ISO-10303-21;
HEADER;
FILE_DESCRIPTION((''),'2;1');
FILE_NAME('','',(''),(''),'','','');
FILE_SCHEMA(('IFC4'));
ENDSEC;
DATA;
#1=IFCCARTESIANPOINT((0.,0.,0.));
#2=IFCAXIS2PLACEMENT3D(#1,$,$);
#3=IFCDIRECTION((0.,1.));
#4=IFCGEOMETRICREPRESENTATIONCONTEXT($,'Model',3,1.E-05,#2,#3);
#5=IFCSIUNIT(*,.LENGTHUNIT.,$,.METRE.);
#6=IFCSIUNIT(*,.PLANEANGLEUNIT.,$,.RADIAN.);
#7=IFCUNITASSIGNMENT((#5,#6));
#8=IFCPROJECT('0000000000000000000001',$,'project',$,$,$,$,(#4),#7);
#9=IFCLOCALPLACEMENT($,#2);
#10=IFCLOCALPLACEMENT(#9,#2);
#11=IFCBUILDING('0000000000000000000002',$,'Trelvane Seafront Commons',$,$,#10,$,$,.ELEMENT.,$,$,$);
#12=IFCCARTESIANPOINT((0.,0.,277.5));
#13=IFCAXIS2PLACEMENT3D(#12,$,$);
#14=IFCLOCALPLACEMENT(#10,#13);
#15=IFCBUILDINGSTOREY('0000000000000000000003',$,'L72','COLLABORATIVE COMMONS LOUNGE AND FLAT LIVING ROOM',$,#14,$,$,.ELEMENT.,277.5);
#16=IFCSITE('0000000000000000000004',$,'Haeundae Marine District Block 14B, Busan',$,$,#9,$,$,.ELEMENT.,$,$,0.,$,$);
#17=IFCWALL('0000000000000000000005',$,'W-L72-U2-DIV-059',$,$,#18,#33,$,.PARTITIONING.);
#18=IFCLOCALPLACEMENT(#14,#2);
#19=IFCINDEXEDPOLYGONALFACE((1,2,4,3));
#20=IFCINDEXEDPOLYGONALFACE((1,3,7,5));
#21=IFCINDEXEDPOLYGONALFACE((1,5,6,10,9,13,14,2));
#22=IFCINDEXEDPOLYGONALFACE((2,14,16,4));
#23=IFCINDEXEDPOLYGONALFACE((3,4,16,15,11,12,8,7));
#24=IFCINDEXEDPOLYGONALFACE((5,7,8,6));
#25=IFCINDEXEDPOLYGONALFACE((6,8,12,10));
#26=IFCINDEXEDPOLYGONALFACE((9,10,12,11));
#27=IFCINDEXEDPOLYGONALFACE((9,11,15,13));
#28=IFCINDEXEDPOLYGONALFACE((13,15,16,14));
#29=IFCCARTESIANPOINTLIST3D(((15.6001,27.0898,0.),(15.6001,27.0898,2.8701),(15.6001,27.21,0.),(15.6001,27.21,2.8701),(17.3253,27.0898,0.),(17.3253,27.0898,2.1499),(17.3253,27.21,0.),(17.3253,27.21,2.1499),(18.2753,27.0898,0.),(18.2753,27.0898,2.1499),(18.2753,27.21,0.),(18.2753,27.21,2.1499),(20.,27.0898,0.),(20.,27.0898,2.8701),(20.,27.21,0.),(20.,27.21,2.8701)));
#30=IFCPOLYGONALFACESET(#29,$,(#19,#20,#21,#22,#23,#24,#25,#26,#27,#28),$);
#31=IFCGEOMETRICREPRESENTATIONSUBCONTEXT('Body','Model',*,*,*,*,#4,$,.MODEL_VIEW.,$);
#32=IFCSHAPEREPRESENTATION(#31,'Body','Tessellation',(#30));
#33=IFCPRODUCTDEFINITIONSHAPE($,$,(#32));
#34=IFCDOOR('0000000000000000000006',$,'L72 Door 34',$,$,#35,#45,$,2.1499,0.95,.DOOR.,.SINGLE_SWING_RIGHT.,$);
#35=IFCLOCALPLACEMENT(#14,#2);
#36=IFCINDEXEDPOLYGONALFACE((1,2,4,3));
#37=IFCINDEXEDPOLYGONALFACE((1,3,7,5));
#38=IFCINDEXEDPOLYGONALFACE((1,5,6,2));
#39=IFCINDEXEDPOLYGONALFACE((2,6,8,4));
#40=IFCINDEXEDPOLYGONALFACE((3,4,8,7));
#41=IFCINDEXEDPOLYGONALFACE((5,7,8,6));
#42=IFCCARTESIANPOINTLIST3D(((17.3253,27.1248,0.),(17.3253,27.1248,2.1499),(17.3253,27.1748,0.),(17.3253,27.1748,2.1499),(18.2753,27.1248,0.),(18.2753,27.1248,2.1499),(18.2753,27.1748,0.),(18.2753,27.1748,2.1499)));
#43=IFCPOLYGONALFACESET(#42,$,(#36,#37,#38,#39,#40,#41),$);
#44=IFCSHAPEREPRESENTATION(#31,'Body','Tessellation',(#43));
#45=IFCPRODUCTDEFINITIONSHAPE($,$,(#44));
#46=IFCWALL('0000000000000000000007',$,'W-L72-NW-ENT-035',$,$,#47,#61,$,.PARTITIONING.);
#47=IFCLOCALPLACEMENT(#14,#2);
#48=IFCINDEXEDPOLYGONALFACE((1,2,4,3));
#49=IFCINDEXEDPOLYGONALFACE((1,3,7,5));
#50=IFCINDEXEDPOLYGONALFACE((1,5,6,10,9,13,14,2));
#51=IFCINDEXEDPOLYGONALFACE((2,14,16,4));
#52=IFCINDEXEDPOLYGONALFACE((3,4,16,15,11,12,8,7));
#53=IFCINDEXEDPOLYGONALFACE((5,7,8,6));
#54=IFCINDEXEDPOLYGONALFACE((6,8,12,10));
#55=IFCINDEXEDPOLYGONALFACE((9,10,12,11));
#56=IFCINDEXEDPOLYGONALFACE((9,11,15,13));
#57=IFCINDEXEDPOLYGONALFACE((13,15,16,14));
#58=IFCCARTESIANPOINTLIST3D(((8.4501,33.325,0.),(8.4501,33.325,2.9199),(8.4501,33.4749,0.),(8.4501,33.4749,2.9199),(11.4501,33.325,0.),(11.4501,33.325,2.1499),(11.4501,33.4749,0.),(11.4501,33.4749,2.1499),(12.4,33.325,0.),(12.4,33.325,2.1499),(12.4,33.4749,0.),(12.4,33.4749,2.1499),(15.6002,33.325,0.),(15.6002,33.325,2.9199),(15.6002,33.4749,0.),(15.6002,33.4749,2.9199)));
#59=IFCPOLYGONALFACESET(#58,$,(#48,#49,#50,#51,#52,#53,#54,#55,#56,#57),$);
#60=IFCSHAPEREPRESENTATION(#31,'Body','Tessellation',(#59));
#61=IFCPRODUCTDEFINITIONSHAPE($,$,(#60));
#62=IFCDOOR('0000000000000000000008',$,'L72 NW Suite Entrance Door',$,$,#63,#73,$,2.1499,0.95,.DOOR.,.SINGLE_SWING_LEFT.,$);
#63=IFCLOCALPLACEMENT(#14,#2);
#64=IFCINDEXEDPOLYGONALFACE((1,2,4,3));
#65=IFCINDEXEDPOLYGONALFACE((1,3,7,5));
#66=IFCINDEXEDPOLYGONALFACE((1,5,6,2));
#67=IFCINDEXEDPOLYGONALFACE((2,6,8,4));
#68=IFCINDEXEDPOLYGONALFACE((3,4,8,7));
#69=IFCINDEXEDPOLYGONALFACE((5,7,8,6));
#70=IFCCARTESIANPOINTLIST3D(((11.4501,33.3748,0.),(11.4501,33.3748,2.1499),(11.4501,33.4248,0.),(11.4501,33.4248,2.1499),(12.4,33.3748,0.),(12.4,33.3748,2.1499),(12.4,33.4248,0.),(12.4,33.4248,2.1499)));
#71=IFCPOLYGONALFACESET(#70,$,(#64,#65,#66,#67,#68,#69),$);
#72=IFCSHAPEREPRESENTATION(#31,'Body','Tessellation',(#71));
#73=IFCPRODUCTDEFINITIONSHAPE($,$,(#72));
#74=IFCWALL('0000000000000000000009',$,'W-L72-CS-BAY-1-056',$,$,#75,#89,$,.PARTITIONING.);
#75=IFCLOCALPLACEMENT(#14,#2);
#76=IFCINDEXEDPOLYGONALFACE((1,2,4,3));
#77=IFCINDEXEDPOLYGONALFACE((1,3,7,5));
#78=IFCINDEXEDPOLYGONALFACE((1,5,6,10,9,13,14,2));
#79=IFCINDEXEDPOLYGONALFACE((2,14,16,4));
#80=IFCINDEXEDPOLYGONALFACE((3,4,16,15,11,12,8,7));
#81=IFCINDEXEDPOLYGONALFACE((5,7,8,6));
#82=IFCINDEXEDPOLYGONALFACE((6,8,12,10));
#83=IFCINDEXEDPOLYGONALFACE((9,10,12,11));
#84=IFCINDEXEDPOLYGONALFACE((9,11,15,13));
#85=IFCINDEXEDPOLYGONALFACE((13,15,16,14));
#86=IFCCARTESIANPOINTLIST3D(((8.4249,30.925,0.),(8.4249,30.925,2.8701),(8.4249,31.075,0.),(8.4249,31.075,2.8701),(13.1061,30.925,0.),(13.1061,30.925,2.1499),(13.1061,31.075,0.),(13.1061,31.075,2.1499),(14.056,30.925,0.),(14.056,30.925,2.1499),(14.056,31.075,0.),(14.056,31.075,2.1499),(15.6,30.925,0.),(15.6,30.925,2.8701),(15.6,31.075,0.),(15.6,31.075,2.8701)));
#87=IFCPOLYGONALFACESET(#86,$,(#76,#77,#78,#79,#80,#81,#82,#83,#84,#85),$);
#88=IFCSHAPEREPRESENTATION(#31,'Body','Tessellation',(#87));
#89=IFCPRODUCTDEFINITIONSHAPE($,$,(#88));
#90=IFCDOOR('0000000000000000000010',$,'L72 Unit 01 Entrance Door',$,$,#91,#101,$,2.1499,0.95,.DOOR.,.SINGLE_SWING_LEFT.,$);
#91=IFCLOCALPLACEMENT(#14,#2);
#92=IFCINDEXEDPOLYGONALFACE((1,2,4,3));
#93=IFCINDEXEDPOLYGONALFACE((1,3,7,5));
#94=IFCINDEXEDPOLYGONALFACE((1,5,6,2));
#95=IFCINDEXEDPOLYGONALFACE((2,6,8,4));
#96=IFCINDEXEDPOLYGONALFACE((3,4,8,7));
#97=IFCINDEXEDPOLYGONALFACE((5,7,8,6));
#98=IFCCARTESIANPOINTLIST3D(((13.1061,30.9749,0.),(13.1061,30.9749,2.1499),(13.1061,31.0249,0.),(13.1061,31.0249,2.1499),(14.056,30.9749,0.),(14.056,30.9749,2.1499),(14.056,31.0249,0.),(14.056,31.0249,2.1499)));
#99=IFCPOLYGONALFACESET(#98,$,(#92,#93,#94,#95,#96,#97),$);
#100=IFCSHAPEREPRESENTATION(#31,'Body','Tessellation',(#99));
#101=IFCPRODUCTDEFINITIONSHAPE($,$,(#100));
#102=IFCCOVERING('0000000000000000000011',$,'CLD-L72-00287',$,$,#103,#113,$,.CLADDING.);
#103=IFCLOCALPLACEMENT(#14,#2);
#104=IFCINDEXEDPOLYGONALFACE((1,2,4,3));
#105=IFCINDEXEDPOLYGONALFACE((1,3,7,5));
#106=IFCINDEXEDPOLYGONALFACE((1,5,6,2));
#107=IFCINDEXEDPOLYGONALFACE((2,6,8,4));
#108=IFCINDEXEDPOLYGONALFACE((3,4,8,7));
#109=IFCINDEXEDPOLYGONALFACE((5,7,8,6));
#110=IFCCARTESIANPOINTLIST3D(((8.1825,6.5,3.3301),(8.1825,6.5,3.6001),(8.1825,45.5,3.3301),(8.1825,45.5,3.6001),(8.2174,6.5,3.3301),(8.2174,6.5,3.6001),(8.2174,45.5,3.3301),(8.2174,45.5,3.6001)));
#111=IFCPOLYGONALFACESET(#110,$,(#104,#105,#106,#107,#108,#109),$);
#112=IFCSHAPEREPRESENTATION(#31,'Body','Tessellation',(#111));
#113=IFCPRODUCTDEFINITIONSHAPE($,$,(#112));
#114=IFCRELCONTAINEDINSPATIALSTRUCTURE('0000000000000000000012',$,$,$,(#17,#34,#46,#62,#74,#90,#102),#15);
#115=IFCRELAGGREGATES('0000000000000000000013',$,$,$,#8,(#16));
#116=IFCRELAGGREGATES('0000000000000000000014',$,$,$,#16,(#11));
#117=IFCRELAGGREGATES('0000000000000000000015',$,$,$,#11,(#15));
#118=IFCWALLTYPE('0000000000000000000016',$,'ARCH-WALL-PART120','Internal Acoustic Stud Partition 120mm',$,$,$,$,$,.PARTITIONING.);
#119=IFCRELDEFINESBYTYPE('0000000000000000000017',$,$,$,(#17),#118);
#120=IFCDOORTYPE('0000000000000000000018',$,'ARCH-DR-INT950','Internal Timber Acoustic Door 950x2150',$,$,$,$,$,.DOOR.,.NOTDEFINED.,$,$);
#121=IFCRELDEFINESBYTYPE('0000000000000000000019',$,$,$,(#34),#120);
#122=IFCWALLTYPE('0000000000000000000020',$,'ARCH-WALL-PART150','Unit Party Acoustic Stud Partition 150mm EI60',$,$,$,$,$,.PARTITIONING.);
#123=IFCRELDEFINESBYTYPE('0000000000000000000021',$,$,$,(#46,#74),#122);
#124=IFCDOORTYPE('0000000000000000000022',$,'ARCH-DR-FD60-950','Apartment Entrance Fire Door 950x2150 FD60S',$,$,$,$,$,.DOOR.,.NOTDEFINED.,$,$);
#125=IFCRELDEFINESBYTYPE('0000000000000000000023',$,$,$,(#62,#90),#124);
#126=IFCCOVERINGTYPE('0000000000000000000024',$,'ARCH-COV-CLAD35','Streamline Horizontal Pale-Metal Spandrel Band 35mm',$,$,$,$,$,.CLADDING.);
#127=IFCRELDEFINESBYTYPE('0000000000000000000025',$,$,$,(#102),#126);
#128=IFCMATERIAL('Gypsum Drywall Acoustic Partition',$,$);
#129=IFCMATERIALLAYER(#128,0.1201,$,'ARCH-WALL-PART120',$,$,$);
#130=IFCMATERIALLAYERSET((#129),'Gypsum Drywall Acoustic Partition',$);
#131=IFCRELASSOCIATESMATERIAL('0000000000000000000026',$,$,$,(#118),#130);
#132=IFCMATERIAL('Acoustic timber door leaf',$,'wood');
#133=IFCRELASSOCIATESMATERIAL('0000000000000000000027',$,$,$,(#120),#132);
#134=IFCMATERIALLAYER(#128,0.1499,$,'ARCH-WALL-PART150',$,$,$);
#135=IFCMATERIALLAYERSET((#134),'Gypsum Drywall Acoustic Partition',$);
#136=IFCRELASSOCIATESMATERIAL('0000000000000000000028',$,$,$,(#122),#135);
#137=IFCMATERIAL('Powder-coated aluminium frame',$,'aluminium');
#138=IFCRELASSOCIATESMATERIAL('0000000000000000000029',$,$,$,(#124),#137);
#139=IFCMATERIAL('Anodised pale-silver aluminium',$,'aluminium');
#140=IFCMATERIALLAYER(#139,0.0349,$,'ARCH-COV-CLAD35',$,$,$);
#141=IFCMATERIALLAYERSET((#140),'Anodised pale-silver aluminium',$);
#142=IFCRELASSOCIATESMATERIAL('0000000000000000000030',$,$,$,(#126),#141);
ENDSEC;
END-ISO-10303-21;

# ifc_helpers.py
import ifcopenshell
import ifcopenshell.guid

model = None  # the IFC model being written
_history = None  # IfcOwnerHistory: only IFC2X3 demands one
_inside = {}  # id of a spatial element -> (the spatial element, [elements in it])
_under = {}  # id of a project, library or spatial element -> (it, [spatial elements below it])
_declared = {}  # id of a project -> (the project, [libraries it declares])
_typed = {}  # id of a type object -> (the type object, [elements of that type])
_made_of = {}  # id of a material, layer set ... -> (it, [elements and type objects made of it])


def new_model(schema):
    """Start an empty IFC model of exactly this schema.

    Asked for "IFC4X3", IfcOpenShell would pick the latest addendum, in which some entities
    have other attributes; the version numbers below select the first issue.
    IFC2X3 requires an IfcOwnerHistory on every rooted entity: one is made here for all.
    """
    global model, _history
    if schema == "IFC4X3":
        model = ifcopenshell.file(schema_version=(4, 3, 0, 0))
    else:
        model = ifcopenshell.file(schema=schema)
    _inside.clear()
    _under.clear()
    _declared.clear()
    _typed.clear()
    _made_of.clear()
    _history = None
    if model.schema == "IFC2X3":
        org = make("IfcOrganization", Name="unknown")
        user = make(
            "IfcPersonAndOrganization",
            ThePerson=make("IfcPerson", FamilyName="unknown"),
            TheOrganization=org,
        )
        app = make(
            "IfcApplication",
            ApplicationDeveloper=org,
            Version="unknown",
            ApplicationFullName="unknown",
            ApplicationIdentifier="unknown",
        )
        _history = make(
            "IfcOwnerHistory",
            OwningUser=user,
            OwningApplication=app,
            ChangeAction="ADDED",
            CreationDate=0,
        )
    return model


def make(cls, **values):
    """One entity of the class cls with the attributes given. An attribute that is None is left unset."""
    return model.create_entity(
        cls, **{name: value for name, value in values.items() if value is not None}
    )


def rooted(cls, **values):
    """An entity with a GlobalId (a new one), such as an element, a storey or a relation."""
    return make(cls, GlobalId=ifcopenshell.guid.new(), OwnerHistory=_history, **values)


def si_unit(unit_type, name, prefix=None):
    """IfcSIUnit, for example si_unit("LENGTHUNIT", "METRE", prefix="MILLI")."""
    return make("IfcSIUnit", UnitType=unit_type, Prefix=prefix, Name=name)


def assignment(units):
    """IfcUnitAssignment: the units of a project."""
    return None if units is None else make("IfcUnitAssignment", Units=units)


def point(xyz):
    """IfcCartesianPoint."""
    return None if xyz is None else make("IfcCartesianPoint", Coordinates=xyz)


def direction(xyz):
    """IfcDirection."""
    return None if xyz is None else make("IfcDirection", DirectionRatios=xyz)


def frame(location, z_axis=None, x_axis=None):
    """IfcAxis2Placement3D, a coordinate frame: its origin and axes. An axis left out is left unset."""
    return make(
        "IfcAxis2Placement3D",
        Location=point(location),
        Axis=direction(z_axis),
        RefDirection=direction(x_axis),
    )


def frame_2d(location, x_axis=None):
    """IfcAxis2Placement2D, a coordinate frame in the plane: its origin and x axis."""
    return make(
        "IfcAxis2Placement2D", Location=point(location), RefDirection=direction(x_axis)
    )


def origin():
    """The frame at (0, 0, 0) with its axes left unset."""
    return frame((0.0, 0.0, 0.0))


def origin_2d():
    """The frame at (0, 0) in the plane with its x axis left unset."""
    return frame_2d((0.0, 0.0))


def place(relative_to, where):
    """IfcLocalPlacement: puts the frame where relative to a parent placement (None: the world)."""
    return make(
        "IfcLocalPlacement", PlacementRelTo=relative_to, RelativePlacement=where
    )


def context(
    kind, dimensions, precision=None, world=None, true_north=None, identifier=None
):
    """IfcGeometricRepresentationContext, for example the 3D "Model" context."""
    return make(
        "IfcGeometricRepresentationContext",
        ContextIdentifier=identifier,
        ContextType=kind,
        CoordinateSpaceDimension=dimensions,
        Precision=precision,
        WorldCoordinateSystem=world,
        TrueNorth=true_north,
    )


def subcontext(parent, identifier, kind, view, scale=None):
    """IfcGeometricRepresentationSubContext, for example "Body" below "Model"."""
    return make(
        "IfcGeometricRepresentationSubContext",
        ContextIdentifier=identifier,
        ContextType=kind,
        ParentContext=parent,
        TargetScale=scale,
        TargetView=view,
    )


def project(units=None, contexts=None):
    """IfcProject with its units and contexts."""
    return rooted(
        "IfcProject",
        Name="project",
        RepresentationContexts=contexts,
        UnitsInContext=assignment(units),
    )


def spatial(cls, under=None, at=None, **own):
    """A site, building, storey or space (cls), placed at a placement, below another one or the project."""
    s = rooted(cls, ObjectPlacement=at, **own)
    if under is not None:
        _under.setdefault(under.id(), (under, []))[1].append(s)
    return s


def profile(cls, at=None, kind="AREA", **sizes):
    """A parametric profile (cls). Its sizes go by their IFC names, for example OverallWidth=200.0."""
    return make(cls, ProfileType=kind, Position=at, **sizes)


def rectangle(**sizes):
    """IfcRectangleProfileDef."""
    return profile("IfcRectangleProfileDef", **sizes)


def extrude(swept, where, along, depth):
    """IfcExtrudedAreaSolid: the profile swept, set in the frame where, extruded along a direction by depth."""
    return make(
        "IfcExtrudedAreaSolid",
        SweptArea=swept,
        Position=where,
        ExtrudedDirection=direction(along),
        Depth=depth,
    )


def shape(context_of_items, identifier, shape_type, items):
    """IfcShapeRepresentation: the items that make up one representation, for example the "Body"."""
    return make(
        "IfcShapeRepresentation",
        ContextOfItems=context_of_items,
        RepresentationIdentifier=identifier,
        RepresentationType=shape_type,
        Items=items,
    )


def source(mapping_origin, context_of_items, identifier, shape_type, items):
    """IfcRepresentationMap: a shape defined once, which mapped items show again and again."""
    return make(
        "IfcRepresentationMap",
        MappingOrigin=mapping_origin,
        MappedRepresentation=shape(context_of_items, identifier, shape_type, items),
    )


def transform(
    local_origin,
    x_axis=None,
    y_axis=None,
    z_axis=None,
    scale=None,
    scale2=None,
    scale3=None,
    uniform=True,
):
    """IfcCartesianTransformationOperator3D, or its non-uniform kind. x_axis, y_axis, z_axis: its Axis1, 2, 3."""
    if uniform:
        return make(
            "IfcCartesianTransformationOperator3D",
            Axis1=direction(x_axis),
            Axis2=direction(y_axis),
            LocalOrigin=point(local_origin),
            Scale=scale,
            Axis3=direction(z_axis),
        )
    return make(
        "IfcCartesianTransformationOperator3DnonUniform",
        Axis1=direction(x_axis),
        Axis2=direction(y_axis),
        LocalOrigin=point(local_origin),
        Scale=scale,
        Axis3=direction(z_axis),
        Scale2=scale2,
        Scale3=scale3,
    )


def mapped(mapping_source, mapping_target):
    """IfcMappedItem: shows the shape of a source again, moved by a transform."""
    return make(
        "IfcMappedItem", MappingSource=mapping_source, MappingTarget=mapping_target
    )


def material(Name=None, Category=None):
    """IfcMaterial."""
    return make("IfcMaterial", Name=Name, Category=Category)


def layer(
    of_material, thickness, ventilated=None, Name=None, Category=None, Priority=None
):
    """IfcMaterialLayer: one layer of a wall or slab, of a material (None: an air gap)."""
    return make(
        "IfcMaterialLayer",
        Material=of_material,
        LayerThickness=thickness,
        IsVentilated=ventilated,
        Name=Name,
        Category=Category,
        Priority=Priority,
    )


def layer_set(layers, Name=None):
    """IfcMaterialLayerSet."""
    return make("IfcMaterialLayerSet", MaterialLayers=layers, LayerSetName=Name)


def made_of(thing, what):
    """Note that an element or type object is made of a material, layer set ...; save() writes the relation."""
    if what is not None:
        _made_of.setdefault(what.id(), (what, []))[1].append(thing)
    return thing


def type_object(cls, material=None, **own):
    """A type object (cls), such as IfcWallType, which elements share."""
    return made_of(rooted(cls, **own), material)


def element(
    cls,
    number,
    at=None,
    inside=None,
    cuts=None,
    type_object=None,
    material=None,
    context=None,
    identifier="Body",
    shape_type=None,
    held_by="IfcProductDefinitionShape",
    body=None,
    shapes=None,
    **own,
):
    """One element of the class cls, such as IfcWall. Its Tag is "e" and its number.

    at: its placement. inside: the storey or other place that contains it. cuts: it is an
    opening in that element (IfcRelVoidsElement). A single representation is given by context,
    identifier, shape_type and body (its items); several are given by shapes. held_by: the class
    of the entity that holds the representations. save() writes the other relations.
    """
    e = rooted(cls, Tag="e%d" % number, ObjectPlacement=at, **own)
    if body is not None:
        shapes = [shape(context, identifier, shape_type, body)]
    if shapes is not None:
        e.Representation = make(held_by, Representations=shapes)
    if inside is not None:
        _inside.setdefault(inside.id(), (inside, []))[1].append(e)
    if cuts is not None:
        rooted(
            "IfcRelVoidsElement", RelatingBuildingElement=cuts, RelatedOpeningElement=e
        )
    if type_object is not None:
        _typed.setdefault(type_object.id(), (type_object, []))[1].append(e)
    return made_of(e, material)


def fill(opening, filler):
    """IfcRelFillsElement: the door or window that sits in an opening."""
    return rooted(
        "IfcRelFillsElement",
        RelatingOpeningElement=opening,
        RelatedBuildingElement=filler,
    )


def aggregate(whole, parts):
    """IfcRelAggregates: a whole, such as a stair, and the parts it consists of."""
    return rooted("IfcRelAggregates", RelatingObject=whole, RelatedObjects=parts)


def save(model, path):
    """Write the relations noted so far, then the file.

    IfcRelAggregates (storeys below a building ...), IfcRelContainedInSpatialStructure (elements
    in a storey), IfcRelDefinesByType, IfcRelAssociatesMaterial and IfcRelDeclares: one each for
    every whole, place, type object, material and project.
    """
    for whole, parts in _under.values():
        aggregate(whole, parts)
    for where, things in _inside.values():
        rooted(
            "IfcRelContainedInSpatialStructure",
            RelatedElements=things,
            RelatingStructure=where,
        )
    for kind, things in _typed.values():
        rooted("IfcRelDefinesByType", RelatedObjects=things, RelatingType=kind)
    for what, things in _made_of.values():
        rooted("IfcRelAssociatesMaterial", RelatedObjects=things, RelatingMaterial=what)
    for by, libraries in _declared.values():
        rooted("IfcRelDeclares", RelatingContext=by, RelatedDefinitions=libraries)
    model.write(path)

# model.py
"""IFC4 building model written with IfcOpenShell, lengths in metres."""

from ifc_helpers import new_model, si_unit, direction, frame, frame_2d, origin, origin_2d, place, context, subcontext, project, spatial, rectangle, extrude, source, transform, mapped, material, layer, layer_set, type_object, element, fill, save


model = new_model("IFC4")

# Units and contexts
model_context = context("Model", 3, precision=1e-05, world=origin(), true_north=direction((0.0, 1.0)))
body_context = subcontext(model_context, "Body", "Model", "MODEL_VIEW")
ifc_project = project(units=[si_unit("LENGTHUNIT", "METRE"), si_unit("PLANEANGLEUNIT", "RADIAN")], contexts=[model_context])

# Site, building, storey
site_placement = place(None, origin())
site = spatial("IfcSite", under=ifc_project, at=site_placement, Name="Haeundae Marine District Block 14B, Busan", CompositionType="ELEMENT", RefElevation=0.0)
building_placement = place(site_placement, origin())
building = spatial("IfcBuilding", under=site, at=building_placement, Name="Trelvane Seafront Commons", CompositionType="ELEMENT")
storey_placement = place(building_placement, frame((0.0, 0.0, 277.5)))
storey = spatial("IfcBuildingStorey", under=building, at=storey_placement, Name="L72", Description="COLLABORATIVE COMMONS LOUNGE AND FLAT LIVING ROOM", CompositionType="ELEMENT", Elevation=277.5)

# Shared definitions
ifc_material_1 = material(Name="Anodised pale-silver aluminium", Category="aluminium")

# Shared definitions
ifc_material_2 = material(Name="Gypsum Drywall Acoustic Partition")
ifc_layer_1 = layer(ifc_material_2, 0.1201, Name="ARCH-WALL-PART120")
ifc_layer_set_1 = layer_set([ifc_layer_1], Name="Gypsum Drywall Acoustic Partition")
wall_type_1 = type_object("IfcWallType", Name="ARCH-WALL-PART120", Description="Internal Acoustic Stud Partition 120mm", PredefinedType="PARTITIONING", material=ifc_layer_set_1)
ifc_material_3 = material(Name="Acoustic timber door leaf", Category="wood")
door_type_1 = type_object("IfcDoorType", Name="ARCH-DR-INT950", Description="Internal Timber Acoustic Door 950x2150", OperationType="NOTDEFINED", PredefinedType="DOOR", material=ifc_material_3)
shared_shape_1 = source(origin(), body_context, "Body", "SweptSolid", [
    extrude(rectangle(XDim=0.95, YDim=2.1499, at=frame_2d((0.4751, 1.075))), frame((0.0, 0.0249, 0.0), z_axis=(0.0, -1.0, 0.0), x_axis=(1.0, 0.0, 0.0)), (0.0, 0.0, 1.0), 0.05),
])

# Walls, openings, doors
wall_1_placement = place(storey_placement, frame((15.6001, 27.1499, 0.0), z_axis=(0.0, 0.0, 1.0), x_axis=(1.0, 0.0, 0.0)))
wall_1 = element("IfcWall", 1, at=wall_1_placement, inside=storey, type_object=wall_type_1, Name="W-L72-U2-DIV-059", PredefinedType="PARTITIONING", context=body_context, shape_type="SweptSolid", body=[
    extrude(rectangle(XDim=4.3999, YDim=0.1201, at=frame_2d((2.2, 0.0))), origin(), (0.0, 0.0, 1.0), 2.8701),
])
opening_1_placement = place(wall_1_placement, frame((1.7251, 0.0, 0.0)))
opening_1 = element("IfcOpeningElement", 2, at=opening_1_placement, cuts=wall_1, PredefinedType="OPENING", context=body_context, shape_type="SweptSolid", body=[
    extrude(rectangle(XDim=0.95, YDim=2.1499, at=frame_2d((0.4751, 1.075))), frame((0.0, 0.0701, 0.0), z_axis=(0.0, -1.0, 0.0), x_axis=(1.0, 0.0, 0.0)), (0.0, 0.0, 1.0), 0.1401),
])
door_1_placement = place(opening_1_placement, origin())
door_1 = element("IfcDoor", 3, at=door_1_placement, inside=storey, type_object=door_type_1, Name="L72 Door 34", OperationType="SINGLE_SWING_RIGHT", OverallHeight=2.1499, OverallWidth=0.95, PredefinedType="DOOR", context=body_context, shape_type="MappedRepresentation", body=[
    mapped(shared_shape_1, transform((0.0, 0.0, 0.0), x_axis=(1.0, 0.0, 0.0), y_axis=(0.0, 1.0, 0.0), z_axis=(0.0, 0.0, 1.0), scale=1.0)),
])
fill(opening_1, door_1)
ifc_layer_2 = layer(ifc_material_2, 0.1499, Name="ARCH-WALL-PART150")
ifc_layer_set_2 = layer_set([ifc_layer_2], Name="Gypsum Drywall Acoustic Partition")
wall_type_2 = type_object("IfcWallType", Name="ARCH-WALL-PART150", Description="Unit Party Acoustic Stud Partition 150mm EI60", PredefinedType="PARTITIONING", material=ifc_layer_set_2)
wall_2_placement = place(storey_placement, frame((8.45, 33.3999, 0.0), z_axis=(0.0, 0.0, 1.0), x_axis=(1.0, 0.0, 0.0)))
wall_2 = element("IfcWall", 4, at=wall_2_placement, inside=storey, type_object=wall_type_2, Name="W-L72-NW-ENT-035", PredefinedType="PARTITIONING", context=body_context, shape_type="SweptSolid", body=[
    extrude(rectangle(XDim=7.1501, YDim=0.1499, at=frame_2d((3.5752, 0.0))), origin(), (0.0, 0.0, 1.0), 2.9199),
])
opening_2_placement = place(wall_2_placement, frame((3.0, 0.0, 0.0)))
opening_2 = element("IfcOpeningElement", 5, at=opening_2_placement, cuts=wall_2, PredefinedType="OPENING", context=body_context, shape_type="SweptSolid", body=[
    extrude(rectangle(XDim=0.95, YDim=2.1499, at=frame_2d((0.4751, 1.075))), frame((0.0, 0.085, 0.0), z_axis=(0.0, -1.0, 0.0), x_axis=(1.0, 0.0, 0.0)), (0.0, 0.0, 1.0), 0.1699),
])
ifc_material_4 = material(Name="Powder-coated aluminium frame", Category="aluminium")
door_type_2 = type_object("IfcDoorType", Name="ARCH-DR-FD60-950", Description="Apartment Entrance Fire Door 950x2150 FD60S", OperationType="NOTDEFINED", PredefinedType="DOOR", material=ifc_material_4)
door_2_placement = place(opening_2_placement, origin())
door_2 = element("IfcDoor", 6, at=door_2_placement, inside=storey, type_object=door_type_2, Name="L72 NW Suite Entrance Door", OperationType="SINGLE_SWING_LEFT", OverallHeight=2.1499, OverallWidth=0.95, PredefinedType="DOOR", context=body_context, shape_type="MappedRepresentation", body=[
    mapped(shared_shape_1, transform((0.0, 0.0, 0.0), x_axis=(1.0, 0.0, 0.0), y_axis=(0.0, 1.0, 0.0), z_axis=(0.0, 0.0, 1.0), scale=1.0)),
])
fill(opening_2, door_2)
wall_3_placement = place(storey_placement, frame((8.425, 31.0, 0.0), z_axis=(0.0, 0.0, 1.0), x_axis=(1.0, 0.0, 0.0)))
wall_3 = element("IfcWall", 7, at=wall_3_placement, inside=storey, type_object=wall_type_2, Name="W-L72-CS-BAY-1-056", PredefinedType="PARTITIONING", context=body_context, shape_type="SweptSolid", body=[
    extrude(rectangle(XDim=7.175, YDim=0.1499, at=frame_2d((3.5874, 0.0))), origin(), (0.0, 0.0, 1.0), 2.8701),
])
opening_3_placement = place(wall_3_placement, frame((4.6809, 0.0, 0.0)))
opening_3 = element("IfcOpeningElement", 8, at=opening_3_placement, cuts=wall_3, PredefinedType="OPENING", context=body_context, shape_type="SweptSolid", body=[
    extrude(rectangle(XDim=0.95, YDim=2.1499, at=frame_2d((0.4751, 1.075))), frame((0.0, 0.085, 0.0), z_axis=(0.0, -1.0, 0.0), x_axis=(1.0, 0.0, 0.0)), (0.0, 0.0, 1.0), 0.1699),
])
door_3_placement = place(opening_3_placement, origin())
door_3 = element("IfcDoor", 9, at=door_3_placement, inside=storey, type_object=door_type_2, Name="L72 Unit 01 Entrance Door", OperationType="SINGLE_SWING_LEFT", OverallHeight=2.1499, OverallWidth=0.95, PredefinedType="DOOR", context=body_context, shape_type="MappedRepresentation", body=[
    mapped(shared_shape_1, transform((0.0, 0.0, 0.0), x_axis=(1.0, 0.0, 0.0), y_axis=(0.0, 1.0, 0.0), z_axis=(0.0, 0.0, 1.0), scale=1.0)),
])
fill(opening_3, door_3)

# Covering
ifc_layer_3 = layer(ifc_material_1, 0.0349, Name="ARCH-COV-CLAD35")
ifc_layer_set_3 = layer_set([ifc_layer_3], Name="Anodised pale-silver aluminium")
covering_type = type_object("IfcCoveringType", Name="ARCH-COV-CLAD35", Description="Streamline Horizontal Pale-Metal Spandrel Band 35mm", PredefinedType="CLADDING", material=ifc_layer_set_3)
shared_shape_2 = source(origin(), body_context, "Body", "SweptSolid", [
    extrude(rectangle(XDim=39.0, YDim=0.0349, at=origin_2d()), origin(), (0.0, 0.0, 1.0), 0.27),
])
covering_placement = place(storey_placement, frame((8.2, 26.0, 3.3301), z_axis=(0.0, 0.0, 1.0), x_axis=(0.0, 1.0, 0.0)))
element("IfcCovering", 10, at=covering_placement, inside=storey, type_object=covering_type, Name="CLD-L72-00287", PredefinedType="CLADDING", context=body_context, shape_type="MappedRepresentation", body=[
    mapped(shared_shape_2, transform((0.0, 0.0, 0.0), x_axis=(1.0, 0.0, 0.0), y_axis=(0.0, 1.0, 0.0), z_axis=(0.0, 0.0, 1.0), scale=1.0)),
])

save(model, "model.ifc")
